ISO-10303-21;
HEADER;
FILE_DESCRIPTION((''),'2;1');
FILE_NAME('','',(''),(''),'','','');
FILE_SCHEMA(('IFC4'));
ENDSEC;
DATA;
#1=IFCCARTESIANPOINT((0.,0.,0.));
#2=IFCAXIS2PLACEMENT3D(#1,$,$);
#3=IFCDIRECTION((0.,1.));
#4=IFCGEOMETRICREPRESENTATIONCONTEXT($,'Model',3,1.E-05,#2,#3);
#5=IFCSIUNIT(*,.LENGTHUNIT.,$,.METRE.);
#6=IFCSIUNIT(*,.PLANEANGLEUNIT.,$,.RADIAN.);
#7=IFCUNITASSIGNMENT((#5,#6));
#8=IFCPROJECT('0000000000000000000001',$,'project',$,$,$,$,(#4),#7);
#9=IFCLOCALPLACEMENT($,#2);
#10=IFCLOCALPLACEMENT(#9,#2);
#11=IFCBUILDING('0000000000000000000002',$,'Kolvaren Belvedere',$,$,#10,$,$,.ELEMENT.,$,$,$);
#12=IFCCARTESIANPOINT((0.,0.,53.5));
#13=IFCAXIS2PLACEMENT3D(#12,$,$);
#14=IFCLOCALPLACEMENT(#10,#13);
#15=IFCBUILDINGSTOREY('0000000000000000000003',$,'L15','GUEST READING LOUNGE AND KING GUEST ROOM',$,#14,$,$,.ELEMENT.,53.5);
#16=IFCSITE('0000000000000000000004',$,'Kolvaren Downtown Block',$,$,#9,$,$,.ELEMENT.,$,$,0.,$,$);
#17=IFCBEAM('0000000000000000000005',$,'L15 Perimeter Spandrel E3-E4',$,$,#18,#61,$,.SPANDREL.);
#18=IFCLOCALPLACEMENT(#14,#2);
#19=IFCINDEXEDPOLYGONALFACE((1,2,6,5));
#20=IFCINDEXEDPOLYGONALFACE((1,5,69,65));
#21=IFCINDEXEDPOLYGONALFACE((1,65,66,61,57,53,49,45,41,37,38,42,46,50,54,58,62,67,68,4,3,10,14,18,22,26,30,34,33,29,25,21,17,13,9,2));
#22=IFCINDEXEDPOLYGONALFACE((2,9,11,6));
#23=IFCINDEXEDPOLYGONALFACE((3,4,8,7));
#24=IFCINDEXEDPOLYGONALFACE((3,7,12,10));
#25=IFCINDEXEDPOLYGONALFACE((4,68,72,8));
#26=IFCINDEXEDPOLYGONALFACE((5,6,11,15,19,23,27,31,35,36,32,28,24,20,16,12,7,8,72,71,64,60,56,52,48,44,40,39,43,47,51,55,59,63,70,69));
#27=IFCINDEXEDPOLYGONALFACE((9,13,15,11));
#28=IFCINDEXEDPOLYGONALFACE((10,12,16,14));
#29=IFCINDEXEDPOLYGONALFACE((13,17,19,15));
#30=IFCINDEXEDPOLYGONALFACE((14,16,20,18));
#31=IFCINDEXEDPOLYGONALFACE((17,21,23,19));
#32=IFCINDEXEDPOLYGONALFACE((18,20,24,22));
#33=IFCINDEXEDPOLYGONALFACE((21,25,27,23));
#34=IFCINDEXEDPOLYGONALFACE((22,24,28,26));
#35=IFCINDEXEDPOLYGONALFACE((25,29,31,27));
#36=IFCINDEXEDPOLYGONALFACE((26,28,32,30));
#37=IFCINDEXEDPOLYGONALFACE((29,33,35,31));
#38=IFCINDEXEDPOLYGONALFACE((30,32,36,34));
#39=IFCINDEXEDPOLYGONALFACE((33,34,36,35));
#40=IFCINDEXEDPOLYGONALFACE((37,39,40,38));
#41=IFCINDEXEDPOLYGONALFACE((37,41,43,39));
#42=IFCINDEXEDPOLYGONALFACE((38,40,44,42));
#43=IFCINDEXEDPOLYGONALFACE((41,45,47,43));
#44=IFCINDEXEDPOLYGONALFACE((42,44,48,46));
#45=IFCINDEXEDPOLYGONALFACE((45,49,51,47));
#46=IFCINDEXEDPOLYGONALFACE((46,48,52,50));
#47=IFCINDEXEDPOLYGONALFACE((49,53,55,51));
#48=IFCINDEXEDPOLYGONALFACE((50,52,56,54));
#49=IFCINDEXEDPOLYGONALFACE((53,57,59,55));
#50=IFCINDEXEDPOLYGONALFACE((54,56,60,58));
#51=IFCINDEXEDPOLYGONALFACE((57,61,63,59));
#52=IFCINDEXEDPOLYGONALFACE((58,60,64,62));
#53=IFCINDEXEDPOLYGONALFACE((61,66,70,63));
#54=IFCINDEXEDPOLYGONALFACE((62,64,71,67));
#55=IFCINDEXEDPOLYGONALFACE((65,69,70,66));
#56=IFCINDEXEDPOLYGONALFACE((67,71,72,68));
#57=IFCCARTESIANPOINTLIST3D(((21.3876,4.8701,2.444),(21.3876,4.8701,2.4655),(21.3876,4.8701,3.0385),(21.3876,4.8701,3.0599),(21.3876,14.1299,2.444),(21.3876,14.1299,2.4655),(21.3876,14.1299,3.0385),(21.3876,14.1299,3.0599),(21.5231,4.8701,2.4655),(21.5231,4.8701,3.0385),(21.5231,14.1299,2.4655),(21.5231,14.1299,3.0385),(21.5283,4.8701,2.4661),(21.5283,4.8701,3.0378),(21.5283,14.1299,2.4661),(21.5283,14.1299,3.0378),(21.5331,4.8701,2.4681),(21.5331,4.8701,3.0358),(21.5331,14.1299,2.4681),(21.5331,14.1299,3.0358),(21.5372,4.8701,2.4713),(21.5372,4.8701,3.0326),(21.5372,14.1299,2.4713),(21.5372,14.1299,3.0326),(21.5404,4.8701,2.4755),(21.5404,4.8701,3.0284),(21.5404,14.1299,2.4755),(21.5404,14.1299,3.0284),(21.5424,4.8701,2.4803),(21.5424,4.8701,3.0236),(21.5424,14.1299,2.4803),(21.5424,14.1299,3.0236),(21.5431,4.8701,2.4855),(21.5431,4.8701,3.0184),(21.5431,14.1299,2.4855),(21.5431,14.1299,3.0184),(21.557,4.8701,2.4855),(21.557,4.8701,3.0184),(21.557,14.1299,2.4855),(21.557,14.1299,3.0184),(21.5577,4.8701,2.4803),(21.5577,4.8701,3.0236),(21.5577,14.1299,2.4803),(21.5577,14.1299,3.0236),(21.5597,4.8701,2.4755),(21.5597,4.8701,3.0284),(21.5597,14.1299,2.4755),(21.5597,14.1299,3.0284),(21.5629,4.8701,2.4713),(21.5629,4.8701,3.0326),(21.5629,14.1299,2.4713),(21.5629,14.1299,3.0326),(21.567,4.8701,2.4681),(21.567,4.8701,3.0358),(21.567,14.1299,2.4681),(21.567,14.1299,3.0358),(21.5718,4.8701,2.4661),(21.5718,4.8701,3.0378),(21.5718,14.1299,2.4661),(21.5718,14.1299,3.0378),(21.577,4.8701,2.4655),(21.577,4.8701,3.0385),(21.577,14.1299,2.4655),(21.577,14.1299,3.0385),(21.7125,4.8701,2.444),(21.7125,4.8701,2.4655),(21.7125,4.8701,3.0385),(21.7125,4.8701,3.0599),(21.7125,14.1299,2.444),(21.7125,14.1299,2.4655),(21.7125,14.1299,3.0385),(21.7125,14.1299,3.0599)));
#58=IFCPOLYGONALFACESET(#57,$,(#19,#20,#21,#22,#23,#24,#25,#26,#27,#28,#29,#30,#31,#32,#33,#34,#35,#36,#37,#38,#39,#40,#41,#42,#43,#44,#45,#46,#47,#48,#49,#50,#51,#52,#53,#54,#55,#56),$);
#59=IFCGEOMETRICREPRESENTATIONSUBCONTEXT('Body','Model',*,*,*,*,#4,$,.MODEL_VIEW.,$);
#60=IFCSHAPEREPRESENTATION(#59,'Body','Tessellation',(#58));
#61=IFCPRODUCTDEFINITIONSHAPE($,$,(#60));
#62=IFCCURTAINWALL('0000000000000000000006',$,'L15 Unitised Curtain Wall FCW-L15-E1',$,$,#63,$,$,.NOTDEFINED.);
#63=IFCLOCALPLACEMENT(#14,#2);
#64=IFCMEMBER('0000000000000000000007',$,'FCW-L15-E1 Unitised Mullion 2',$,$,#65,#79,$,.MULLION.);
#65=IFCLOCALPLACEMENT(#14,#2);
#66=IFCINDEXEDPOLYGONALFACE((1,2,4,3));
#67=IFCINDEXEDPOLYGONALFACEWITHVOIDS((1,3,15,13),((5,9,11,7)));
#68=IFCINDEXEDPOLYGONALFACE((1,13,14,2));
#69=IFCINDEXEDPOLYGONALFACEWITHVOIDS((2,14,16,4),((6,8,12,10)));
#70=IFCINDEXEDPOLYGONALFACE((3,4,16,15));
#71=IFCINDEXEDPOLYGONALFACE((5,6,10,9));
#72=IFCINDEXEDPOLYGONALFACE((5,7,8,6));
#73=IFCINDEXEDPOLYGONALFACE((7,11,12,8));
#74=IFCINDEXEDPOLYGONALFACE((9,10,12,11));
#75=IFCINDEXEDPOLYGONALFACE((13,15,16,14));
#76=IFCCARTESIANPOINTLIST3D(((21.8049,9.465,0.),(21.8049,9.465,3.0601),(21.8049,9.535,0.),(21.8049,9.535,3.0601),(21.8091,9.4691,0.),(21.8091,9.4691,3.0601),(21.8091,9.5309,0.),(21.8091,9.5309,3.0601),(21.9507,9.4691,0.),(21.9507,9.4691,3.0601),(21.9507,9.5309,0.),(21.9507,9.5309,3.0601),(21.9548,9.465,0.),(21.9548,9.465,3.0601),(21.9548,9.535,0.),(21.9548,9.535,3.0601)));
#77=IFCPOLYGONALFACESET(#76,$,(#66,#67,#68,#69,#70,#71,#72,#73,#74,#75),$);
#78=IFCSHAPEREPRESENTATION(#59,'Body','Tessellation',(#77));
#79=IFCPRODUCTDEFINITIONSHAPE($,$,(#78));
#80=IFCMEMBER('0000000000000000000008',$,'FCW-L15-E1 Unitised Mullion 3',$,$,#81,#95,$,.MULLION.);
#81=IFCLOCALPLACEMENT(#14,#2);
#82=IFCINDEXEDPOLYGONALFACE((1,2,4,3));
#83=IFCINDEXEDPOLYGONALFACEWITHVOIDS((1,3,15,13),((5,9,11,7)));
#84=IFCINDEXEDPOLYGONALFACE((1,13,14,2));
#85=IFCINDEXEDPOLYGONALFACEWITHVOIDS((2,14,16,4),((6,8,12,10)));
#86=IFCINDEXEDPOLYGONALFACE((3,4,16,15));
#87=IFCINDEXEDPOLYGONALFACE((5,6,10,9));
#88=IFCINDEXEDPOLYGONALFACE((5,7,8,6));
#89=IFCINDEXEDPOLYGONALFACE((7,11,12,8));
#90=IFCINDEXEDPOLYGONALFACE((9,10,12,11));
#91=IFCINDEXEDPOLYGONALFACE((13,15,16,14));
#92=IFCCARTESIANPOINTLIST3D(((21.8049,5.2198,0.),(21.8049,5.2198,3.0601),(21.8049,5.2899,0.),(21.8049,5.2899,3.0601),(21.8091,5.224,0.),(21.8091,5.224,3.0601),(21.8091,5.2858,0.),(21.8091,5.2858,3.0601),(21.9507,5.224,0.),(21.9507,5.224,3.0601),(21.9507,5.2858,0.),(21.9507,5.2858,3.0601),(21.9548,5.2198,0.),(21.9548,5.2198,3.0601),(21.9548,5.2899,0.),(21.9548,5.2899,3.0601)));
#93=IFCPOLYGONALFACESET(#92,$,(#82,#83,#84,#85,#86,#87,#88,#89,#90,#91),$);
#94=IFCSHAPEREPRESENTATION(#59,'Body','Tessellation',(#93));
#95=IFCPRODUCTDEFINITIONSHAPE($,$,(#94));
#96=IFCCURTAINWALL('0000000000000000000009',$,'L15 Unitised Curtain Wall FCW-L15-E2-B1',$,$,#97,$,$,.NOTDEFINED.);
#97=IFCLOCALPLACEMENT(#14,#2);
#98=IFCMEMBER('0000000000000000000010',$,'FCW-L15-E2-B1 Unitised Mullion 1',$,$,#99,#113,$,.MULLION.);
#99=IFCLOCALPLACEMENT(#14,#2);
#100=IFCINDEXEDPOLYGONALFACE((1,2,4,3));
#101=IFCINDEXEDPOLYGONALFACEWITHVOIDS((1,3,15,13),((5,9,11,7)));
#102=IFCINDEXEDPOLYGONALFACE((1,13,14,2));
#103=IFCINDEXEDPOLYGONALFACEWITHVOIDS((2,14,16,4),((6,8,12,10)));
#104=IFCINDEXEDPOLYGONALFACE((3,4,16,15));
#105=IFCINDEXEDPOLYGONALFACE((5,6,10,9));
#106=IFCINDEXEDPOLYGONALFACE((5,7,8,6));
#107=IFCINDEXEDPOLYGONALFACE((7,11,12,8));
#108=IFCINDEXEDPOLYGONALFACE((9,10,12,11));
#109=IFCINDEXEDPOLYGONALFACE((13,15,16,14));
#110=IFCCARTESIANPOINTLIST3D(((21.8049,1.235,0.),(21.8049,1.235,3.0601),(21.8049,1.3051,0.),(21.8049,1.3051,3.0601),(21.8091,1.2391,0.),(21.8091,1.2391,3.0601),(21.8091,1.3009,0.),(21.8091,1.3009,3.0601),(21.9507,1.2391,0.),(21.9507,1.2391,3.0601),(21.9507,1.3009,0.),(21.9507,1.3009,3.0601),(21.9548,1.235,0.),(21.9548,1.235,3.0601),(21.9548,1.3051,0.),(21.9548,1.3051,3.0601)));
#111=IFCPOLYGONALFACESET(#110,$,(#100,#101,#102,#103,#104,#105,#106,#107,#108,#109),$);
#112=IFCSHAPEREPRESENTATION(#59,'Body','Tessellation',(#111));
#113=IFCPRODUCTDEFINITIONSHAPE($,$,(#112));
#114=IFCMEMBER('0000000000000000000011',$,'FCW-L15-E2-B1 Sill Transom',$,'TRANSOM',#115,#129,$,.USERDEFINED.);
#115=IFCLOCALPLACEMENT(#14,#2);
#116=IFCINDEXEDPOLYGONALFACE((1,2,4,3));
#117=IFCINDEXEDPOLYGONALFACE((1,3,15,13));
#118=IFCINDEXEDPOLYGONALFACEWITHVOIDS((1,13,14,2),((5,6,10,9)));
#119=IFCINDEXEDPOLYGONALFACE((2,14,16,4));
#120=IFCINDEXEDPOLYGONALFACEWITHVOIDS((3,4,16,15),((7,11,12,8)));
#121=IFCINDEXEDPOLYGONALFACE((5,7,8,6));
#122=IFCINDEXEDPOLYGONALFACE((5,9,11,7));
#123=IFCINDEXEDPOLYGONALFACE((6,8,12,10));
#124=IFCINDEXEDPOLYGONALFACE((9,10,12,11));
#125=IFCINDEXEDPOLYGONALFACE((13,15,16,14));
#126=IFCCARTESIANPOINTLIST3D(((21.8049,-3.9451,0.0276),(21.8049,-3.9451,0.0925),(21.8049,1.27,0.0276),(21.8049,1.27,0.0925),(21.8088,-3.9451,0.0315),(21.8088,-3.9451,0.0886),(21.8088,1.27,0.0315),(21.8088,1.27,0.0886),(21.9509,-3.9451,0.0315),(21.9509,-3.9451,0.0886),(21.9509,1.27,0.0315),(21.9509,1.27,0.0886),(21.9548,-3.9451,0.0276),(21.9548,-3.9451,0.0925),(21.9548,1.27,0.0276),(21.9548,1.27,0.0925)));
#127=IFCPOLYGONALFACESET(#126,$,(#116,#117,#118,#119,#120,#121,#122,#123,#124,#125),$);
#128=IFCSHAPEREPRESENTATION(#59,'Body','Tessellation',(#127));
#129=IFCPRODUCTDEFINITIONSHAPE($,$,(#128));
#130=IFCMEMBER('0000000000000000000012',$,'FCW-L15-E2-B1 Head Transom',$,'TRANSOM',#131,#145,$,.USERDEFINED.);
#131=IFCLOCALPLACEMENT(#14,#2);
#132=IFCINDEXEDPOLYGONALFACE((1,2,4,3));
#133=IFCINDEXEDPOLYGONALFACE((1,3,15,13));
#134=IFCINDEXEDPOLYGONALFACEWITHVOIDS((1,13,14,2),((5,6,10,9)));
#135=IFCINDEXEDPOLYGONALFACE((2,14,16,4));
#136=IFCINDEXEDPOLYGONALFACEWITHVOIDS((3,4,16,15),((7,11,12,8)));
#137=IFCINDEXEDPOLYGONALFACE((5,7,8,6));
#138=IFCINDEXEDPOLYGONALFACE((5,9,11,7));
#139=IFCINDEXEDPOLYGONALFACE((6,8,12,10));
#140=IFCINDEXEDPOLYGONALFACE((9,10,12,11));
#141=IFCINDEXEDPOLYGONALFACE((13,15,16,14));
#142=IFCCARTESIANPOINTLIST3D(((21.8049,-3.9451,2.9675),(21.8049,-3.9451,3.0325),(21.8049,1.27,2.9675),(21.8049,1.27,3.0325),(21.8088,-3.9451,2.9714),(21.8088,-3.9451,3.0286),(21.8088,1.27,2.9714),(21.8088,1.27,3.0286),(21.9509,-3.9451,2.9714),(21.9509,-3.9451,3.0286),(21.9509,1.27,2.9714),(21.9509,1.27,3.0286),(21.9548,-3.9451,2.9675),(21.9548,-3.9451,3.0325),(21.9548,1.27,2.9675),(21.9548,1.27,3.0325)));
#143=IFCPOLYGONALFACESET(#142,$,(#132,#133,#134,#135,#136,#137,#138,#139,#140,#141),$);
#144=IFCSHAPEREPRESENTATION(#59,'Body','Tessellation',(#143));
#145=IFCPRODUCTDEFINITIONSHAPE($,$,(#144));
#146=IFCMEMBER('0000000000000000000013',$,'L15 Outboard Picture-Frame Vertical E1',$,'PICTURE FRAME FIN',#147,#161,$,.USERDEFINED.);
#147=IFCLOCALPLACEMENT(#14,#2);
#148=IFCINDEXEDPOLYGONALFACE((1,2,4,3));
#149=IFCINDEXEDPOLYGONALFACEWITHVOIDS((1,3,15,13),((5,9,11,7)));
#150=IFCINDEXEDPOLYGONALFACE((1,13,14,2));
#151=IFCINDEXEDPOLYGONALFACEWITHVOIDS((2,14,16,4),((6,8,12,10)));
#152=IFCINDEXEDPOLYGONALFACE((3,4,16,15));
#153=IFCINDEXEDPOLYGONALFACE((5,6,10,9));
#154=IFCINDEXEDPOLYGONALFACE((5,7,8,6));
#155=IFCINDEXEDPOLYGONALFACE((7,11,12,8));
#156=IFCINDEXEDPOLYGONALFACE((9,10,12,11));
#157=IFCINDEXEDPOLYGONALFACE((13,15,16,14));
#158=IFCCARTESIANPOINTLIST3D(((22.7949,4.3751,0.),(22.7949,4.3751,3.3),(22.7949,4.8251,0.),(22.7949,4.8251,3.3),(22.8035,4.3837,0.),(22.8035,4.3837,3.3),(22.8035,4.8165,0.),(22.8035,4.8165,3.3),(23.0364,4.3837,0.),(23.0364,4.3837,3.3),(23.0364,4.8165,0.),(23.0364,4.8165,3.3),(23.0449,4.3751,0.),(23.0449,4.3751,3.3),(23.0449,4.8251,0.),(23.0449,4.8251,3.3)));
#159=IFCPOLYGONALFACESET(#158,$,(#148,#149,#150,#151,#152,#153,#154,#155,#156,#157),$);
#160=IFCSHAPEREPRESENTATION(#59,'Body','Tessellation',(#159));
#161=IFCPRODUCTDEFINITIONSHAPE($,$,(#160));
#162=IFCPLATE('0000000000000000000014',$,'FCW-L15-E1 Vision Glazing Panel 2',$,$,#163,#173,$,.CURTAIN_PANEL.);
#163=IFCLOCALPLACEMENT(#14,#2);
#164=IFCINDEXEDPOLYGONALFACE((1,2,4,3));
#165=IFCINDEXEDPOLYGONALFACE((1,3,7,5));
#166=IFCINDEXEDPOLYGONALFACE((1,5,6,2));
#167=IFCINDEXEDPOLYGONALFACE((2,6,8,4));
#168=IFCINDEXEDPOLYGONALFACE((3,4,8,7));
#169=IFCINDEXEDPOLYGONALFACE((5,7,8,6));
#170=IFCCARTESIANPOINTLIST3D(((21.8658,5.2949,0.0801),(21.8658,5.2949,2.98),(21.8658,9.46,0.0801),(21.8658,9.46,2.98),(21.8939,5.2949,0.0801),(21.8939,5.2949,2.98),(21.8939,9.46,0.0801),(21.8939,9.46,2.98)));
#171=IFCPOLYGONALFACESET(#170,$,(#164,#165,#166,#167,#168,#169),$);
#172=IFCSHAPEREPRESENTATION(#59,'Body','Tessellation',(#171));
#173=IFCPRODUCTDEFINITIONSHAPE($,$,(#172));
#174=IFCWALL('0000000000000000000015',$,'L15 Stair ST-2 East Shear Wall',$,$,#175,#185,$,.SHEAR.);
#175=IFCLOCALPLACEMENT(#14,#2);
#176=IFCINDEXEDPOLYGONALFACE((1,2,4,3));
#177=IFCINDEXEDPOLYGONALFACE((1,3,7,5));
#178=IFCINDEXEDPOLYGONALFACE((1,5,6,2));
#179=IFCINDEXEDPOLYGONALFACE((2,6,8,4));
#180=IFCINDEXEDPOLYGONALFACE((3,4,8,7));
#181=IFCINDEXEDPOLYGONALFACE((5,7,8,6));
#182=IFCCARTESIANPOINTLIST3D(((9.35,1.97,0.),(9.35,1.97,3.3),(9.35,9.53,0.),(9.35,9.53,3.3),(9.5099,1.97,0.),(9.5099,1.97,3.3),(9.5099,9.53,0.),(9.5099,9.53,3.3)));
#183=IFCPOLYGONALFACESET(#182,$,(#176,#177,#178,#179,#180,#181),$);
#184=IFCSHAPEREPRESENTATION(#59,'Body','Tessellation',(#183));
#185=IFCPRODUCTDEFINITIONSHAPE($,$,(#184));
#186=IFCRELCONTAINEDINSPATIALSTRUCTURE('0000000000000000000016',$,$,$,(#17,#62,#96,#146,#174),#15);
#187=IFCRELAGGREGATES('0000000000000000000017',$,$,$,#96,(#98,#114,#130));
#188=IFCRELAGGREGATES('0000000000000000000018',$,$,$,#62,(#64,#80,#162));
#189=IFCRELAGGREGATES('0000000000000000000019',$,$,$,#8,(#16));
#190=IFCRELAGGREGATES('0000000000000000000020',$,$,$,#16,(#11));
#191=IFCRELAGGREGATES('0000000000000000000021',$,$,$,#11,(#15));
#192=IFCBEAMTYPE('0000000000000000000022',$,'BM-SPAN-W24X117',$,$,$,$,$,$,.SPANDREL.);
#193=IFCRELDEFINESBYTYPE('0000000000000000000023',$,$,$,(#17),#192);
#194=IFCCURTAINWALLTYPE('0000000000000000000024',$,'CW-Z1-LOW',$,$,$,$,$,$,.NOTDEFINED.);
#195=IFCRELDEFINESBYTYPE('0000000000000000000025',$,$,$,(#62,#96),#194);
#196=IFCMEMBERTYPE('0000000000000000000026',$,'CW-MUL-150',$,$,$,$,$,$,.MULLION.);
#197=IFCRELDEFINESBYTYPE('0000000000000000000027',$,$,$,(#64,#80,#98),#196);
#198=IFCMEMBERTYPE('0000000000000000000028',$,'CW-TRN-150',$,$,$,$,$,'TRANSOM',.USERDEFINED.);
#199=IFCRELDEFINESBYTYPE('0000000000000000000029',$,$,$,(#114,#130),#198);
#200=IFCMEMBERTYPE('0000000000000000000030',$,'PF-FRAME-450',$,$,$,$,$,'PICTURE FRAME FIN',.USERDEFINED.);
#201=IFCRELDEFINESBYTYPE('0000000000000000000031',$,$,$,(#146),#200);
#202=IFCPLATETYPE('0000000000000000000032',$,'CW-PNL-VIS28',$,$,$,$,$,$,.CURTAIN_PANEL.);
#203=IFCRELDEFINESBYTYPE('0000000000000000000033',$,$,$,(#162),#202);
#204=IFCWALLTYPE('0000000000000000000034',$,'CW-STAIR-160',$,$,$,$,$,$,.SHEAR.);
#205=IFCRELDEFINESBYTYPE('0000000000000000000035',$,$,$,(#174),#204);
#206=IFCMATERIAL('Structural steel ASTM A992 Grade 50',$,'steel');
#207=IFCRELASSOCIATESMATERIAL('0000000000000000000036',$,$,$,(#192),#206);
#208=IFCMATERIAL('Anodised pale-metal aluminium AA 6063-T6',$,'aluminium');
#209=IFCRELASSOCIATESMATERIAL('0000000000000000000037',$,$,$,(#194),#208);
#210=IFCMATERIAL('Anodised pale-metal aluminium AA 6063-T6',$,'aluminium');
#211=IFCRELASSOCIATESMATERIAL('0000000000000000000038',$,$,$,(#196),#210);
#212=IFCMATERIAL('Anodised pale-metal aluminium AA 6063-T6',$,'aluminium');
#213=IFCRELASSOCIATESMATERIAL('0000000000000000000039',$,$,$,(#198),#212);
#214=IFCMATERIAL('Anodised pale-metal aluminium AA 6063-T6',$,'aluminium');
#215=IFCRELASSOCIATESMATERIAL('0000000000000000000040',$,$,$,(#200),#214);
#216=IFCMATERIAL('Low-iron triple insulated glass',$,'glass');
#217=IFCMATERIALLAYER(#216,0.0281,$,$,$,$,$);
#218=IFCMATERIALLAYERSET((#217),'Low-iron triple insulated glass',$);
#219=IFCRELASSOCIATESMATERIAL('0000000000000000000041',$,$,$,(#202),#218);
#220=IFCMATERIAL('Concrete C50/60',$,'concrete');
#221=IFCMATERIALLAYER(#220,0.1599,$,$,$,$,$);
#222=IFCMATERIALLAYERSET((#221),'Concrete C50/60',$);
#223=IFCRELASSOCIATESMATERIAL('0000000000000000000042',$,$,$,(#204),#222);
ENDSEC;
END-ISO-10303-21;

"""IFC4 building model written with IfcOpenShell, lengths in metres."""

from ifc_helpers import new_model, si_unit, direction, frame, frame_2d, origin, origin_2d, place, context, subcontext, project, spatial, rectangle, hollow_rectangle, i_section, extrude, material, layer, layer_set, material_profile, profile_set, type_object, element, aggregate, save


model = new_model("IFC4")

# Units and contexts
model_context = context("Model", 3, precision=1e-05, world=origin(), true_north=direction((0.0, 1.0)))
body_context = subcontext(model_context, "Body", "Model", "MODEL_VIEW")
ifc_project = project(units=[si_unit("LENGTHUNIT", "METRE"), si_unit("PLANEANGLEUNIT", "RADIAN")], contexts=[model_context])

# Site, building, storey
site_placement = place(None, origin())
site = spatial("IfcSite", under=ifc_project, at=site_placement, Name="Kolvaren Downtown Block", CompositionType="ELEMENT", RefElevation=0.0)
building_placement = place(site_placement, origin())
building = spatial("IfcBuilding", under=site, at=building_placement, Name="Kolvaren Belvedere", CompositionType="ELEMENT")
storey_placement = place(building_placement, frame((0.0, 0.0, 53.5)))
storey = spatial("IfcBuildingStorey", under=building, at=storey_placement, Name="L15", Description="GUEST READING LOUNGE AND KING GUEST ROOM", CompositionType="ELEMENT", Elevation=53.5)

# Beam
ifc_material_1 = material(Name="Structural steel ASTM A992 Grade 50", Category="steel")
ifc_material_profile_1 = material_profile(ifc_material_1, i_section(OverallWidth=0.325, OverallDepth=0.616, WebThickness=0.0139, FlangeThickness=0.0215, FilletRadius=0.02, at=origin_2d()), Name="W24X117")
ifc_profile_set_1 = profile_set([ifc_material_profile_1], Name="Structural steel ASTM A992 Grade 50")
beam_type_1 = type_object("IfcBeamType", Name="BM-SPAN-W24X117", PredefinedType="SPANDREL", material=ifc_profile_set_1)
beam_1_placement = place(storey_placement, frame((21.55, 4.8701, 2.752), z_axis=(0.0, 1.0, 0.0), x_axis=(-1.0, 0.0, 0.0)))
element("IfcBeam", 1, at=beam_1_placement, inside=storey, type_object=beam_type_1, Name="L15 Perimeter Spandrel E3-E4", PredefinedType="SPANDREL", context=body_context, shape_type="SweptSolid", body=[
    extrude(i_section(OverallWidth=0.325, OverallDepth=0.616, WebThickness=0.0139, FlangeThickness=0.0215, FilletRadius=0.02, at=origin_2d()), origin(), (0.0, 0.0, 1.0), 9.2598),
])

# Curtain walls, members
ifc_material_2 = material(Name="Anodised pale-metal aluminium AA 6063-T6", Category="aluminium")
curtain_wall_type = type_object("IfcCurtainWallType", Name="CW-Z1-LOW", PredefinedType="NOTDEFINED", material=ifc_material_2)
curtain_wall_1_placement = place(storey_placement, origin())
curtain_wall_1 = element("IfcCurtainWall", 2, at=curtain_wall_1_placement, inside=storey, type_object=curtain_wall_type, Name="L15 Unitised Curtain Wall FCW-L15-E1", PredefinedType="NOTDEFINED")
ifc_material_3 = material(Name="Anodised pale-metal aluminium AA 6063-T6", Category="aluminium")
ifc_material_profile_2 = material_profile(ifc_material_3, hollow_rectangle(XDim=0.0701, YDim=0.1499, WallThickness=0.0042, at=origin_2d()), Name="ALU-MUL-150X70")
ifc_profile_set_2 = profile_set([ifc_material_profile_2], Name="Anodised pale-metal aluminium AA 6063-T6")
member_type_1 = type_object("IfcMemberType", Name="CW-MUL-150", PredefinedType="MULLION", material=ifc_profile_set_2)
member_1_placement = place(storey_placement, frame((21.8799, 9.5, 0.0), z_axis=(0.0, 0.0, 1.0), x_axis=(0.0, 1.0, 0.0)))
member_1 = element("IfcMember", 3, at=member_1_placement, type_object=member_type_1, Name="FCW-L15-E1 Unitised Mullion 2", PredefinedType="MULLION", context=body_context, shape_type="SweptSolid", body=[
    extrude(hollow_rectangle(XDim=0.0701, YDim=0.1499, WallThickness=0.0042, at=origin_2d()), origin(), (0.0, 0.0, 1.0), 3.0601),
])
member_2_placement = place(storey_placement, frame((21.8799, 5.2549, 0.0), z_axis=(0.0, 0.0, 1.0), x_axis=(0.0, 1.0, 0.0)))
member_2 = element("IfcMember", 4, at=member_2_placement, type_object=member_type_1, Name="FCW-L15-E1 Unitised Mullion 3", PredefinedType="MULLION", context=body_context, shape_type="SweptSolid", body=[
    extrude(hollow_rectangle(XDim=0.0701, YDim=0.1499, WallThickness=0.0042, at=origin_2d()), origin(), (0.0, 0.0, 1.0), 3.0601),
])
curtain_wall_2_placement = place(storey_placement, origin())
curtain_wall_2 = element("IfcCurtainWall", 5, at=curtain_wall_2_placement, inside=storey, type_object=curtain_wall_type, Name="L15 Unitised Curtain Wall FCW-L15-E2-B1", PredefinedType="NOTDEFINED")
member_3_placement = place(storey_placement, frame((21.8799, 1.27, 0.0), z_axis=(0.0, 0.0, 1.0), x_axis=(0.0, 1.0, 0.0)))
member_3 = element("IfcMember", 6, at=member_3_placement, type_object=member_type_1, Name="FCW-L15-E2-B1 Unitised Mullion 1", PredefinedType="MULLION", context=body_context, shape_type="SweptSolid", body=[
    extrude(hollow_rectangle(XDim=0.0701, YDim=0.1499, WallThickness=0.0042, at=origin_2d()), origin(), (0.0, 0.0, 1.0), 3.0601),
])
ifc_material_4 = material(Name="Anodised pale-metal aluminium AA 6063-T6", Category="aluminium")
ifc_material_profile_3 = material_profile(ifc_material_4, hollow_rectangle(XDim=0.0649, YDim=0.1499, WallThickness=0.0039, at=origin_2d()), Name="ALU-TRN-150X65")
ifc_profile_set_3 = profile_set([ifc_material_profile_3], Name="Anodised pale-metal aluminium AA 6063-T6")
member_type_2 = type_object("IfcMemberType", Name="CW-TRN-150", ElementType="TRANSOM", PredefinedType="USERDEFINED", material=ifc_profile_set_3)
member_4_placement = place(storey_placement, frame((21.8799, 1.27, 0.0601), z_axis=(0.0, -1.0, 0.0), x_axis=(0.0, 0.0, 1.0)))
member_4 = element("IfcMember", 7, at=member_4_placement, type_object=member_type_2, Name="FCW-L15-E2-B1 Sill Transom", ObjectType="TRANSOM", PredefinedType="USERDEFINED", context=body_context, shape_type="SweptSolid", body=[
    extrude(hollow_rectangle(XDim=0.0649, YDim=0.1499, WallThickness=0.0039, at=origin_2d()), origin(), (0.0, 0.0, 1.0), 5.2151),
])
member_5_placement = place(storey_placement, frame((21.8799, 1.27, 3.0), z_axis=(0.0, -1.0, 0.0), x_axis=(0.0, 0.0, 1.0)))
member_5 = element("IfcMember", 8, at=member_5_placement, type_object=member_type_2, Name="FCW-L15-E2-B1 Head Transom", ObjectType="TRANSOM", PredefinedType="USERDEFINED", context=body_context, shape_type="SweptSolid", body=[
    extrude(hollow_rectangle(XDim=0.0649, YDim=0.1499, WallThickness=0.0039, at=origin_2d()), origin(), (0.0, 0.0, 1.0), 5.2151),
])
aggregate(curtain_wall_2, [member_3, member_4, member_5])

# Member
ifc_material_5 = material(Name="Anodised pale-metal aluminium AA 6063-T6", Category="aluminium")
ifc_material_profile_4 = material_profile(ifc_material_5, hollow_rectangle(XDim=0.25, YDim=0.45, WallThickness=0.0085, at=origin_2d()), Name="ALU-PF-450X250")
ifc_profile_set_4 = profile_set([ifc_material_profile_4], Name="Anodised pale-metal aluminium AA 6063-T6")
member_type_3 = type_object("IfcMemberType", Name="PF-FRAME-450", ElementType="PICTURE FRAME FIN", PredefinedType="USERDEFINED", material=ifc_profile_set_4)
member_6_placement = place(storey_placement, frame((22.9199, 4.6001, 0.0), z_axis=(0.0, 0.0, 1.0), x_axis=(1.0, 0.0, 0.0)))
element("IfcMember", 9, at=member_6_placement, inside=storey, type_object=member_type_3, Name="L15 Outboard Picture-Frame Vertical E1", ObjectType="PICTURE FRAME FIN", PredefinedType="USERDEFINED", context=body_context, shape_type="SweptSolid", body=[
    extrude(hollow_rectangle(XDim=0.25, YDim=0.45, WallThickness=0.0085, at=origin_2d()), origin(), (0.0, 0.0, 1.0), 3.3),
])

# Plate
ifc_material_6 = material(Name="Low-iron triple insulated glass", Category="glass")
ifc_layer_1 = layer(ifc_material_6, 0.0281)
ifc_layer_set_1 = layer_set([ifc_layer_1], Name="Low-iron triple insulated glass")
plate_type = type_object("IfcPlateType", Name="CW-PNL-VIS28", PredefinedType="CURTAIN_PANEL", material=ifc_layer_set_1)
plate_placement = place(storey_placement, frame((21.8799, 7.3774, 0.0801), z_axis=(0.0, 0.0, 1.0), x_axis=(0.0, -1.0, 0.0)))
plate = element("IfcPlate", 10, at=plate_placement, type_object=plate_type, Name="FCW-L15-E1 Vision Glazing Panel 2", PredefinedType="CURTAIN_PANEL", context=body_context, shape_type="SweptSolid", body=[
    extrude(rectangle(XDim=4.165, YDim=0.0281, at=origin_2d()), origin(), (0.0, 0.0, 1.0), 2.8999),
])
aggregate(curtain_wall_1, [member_1, member_2, plate])

# Wall
ifc_material_7 = material(Name="Concrete C50/60", Category="concrete")
ifc_layer_2 = layer(ifc_material_7, 0.1599)
ifc_layer_set_2 = layer_set([ifc_layer_2], Name="Concrete C50/60")
wall_type_1 = type_object("IfcWallType", Name="CW-STAIR-160", PredefinedType="SHEAR", material=ifc_layer_set_2)
wall_1_placement = place(storey_placement, frame((9.4299, 1.97, 0.0), z_axis=(0.0, 0.0, 1.0), x_axis=(0.0, 1.0, 0.0)))
element("IfcWall", 11, at=wall_1_placement, inside=storey, type_object=wall_type_1, Name="L15 Stair ST-2 East Shear Wall", PredefinedType="SHEAR", context=body_context, shape_type="SweptSolid", body=[
    extrude(rectangle(XDim=7.5601, YDim=0.1599, at=frame_2d((3.78, 0.0))), origin(), (0.0, 0.0, 1.0), 3.3),
])

save(model, "model.ifc")
